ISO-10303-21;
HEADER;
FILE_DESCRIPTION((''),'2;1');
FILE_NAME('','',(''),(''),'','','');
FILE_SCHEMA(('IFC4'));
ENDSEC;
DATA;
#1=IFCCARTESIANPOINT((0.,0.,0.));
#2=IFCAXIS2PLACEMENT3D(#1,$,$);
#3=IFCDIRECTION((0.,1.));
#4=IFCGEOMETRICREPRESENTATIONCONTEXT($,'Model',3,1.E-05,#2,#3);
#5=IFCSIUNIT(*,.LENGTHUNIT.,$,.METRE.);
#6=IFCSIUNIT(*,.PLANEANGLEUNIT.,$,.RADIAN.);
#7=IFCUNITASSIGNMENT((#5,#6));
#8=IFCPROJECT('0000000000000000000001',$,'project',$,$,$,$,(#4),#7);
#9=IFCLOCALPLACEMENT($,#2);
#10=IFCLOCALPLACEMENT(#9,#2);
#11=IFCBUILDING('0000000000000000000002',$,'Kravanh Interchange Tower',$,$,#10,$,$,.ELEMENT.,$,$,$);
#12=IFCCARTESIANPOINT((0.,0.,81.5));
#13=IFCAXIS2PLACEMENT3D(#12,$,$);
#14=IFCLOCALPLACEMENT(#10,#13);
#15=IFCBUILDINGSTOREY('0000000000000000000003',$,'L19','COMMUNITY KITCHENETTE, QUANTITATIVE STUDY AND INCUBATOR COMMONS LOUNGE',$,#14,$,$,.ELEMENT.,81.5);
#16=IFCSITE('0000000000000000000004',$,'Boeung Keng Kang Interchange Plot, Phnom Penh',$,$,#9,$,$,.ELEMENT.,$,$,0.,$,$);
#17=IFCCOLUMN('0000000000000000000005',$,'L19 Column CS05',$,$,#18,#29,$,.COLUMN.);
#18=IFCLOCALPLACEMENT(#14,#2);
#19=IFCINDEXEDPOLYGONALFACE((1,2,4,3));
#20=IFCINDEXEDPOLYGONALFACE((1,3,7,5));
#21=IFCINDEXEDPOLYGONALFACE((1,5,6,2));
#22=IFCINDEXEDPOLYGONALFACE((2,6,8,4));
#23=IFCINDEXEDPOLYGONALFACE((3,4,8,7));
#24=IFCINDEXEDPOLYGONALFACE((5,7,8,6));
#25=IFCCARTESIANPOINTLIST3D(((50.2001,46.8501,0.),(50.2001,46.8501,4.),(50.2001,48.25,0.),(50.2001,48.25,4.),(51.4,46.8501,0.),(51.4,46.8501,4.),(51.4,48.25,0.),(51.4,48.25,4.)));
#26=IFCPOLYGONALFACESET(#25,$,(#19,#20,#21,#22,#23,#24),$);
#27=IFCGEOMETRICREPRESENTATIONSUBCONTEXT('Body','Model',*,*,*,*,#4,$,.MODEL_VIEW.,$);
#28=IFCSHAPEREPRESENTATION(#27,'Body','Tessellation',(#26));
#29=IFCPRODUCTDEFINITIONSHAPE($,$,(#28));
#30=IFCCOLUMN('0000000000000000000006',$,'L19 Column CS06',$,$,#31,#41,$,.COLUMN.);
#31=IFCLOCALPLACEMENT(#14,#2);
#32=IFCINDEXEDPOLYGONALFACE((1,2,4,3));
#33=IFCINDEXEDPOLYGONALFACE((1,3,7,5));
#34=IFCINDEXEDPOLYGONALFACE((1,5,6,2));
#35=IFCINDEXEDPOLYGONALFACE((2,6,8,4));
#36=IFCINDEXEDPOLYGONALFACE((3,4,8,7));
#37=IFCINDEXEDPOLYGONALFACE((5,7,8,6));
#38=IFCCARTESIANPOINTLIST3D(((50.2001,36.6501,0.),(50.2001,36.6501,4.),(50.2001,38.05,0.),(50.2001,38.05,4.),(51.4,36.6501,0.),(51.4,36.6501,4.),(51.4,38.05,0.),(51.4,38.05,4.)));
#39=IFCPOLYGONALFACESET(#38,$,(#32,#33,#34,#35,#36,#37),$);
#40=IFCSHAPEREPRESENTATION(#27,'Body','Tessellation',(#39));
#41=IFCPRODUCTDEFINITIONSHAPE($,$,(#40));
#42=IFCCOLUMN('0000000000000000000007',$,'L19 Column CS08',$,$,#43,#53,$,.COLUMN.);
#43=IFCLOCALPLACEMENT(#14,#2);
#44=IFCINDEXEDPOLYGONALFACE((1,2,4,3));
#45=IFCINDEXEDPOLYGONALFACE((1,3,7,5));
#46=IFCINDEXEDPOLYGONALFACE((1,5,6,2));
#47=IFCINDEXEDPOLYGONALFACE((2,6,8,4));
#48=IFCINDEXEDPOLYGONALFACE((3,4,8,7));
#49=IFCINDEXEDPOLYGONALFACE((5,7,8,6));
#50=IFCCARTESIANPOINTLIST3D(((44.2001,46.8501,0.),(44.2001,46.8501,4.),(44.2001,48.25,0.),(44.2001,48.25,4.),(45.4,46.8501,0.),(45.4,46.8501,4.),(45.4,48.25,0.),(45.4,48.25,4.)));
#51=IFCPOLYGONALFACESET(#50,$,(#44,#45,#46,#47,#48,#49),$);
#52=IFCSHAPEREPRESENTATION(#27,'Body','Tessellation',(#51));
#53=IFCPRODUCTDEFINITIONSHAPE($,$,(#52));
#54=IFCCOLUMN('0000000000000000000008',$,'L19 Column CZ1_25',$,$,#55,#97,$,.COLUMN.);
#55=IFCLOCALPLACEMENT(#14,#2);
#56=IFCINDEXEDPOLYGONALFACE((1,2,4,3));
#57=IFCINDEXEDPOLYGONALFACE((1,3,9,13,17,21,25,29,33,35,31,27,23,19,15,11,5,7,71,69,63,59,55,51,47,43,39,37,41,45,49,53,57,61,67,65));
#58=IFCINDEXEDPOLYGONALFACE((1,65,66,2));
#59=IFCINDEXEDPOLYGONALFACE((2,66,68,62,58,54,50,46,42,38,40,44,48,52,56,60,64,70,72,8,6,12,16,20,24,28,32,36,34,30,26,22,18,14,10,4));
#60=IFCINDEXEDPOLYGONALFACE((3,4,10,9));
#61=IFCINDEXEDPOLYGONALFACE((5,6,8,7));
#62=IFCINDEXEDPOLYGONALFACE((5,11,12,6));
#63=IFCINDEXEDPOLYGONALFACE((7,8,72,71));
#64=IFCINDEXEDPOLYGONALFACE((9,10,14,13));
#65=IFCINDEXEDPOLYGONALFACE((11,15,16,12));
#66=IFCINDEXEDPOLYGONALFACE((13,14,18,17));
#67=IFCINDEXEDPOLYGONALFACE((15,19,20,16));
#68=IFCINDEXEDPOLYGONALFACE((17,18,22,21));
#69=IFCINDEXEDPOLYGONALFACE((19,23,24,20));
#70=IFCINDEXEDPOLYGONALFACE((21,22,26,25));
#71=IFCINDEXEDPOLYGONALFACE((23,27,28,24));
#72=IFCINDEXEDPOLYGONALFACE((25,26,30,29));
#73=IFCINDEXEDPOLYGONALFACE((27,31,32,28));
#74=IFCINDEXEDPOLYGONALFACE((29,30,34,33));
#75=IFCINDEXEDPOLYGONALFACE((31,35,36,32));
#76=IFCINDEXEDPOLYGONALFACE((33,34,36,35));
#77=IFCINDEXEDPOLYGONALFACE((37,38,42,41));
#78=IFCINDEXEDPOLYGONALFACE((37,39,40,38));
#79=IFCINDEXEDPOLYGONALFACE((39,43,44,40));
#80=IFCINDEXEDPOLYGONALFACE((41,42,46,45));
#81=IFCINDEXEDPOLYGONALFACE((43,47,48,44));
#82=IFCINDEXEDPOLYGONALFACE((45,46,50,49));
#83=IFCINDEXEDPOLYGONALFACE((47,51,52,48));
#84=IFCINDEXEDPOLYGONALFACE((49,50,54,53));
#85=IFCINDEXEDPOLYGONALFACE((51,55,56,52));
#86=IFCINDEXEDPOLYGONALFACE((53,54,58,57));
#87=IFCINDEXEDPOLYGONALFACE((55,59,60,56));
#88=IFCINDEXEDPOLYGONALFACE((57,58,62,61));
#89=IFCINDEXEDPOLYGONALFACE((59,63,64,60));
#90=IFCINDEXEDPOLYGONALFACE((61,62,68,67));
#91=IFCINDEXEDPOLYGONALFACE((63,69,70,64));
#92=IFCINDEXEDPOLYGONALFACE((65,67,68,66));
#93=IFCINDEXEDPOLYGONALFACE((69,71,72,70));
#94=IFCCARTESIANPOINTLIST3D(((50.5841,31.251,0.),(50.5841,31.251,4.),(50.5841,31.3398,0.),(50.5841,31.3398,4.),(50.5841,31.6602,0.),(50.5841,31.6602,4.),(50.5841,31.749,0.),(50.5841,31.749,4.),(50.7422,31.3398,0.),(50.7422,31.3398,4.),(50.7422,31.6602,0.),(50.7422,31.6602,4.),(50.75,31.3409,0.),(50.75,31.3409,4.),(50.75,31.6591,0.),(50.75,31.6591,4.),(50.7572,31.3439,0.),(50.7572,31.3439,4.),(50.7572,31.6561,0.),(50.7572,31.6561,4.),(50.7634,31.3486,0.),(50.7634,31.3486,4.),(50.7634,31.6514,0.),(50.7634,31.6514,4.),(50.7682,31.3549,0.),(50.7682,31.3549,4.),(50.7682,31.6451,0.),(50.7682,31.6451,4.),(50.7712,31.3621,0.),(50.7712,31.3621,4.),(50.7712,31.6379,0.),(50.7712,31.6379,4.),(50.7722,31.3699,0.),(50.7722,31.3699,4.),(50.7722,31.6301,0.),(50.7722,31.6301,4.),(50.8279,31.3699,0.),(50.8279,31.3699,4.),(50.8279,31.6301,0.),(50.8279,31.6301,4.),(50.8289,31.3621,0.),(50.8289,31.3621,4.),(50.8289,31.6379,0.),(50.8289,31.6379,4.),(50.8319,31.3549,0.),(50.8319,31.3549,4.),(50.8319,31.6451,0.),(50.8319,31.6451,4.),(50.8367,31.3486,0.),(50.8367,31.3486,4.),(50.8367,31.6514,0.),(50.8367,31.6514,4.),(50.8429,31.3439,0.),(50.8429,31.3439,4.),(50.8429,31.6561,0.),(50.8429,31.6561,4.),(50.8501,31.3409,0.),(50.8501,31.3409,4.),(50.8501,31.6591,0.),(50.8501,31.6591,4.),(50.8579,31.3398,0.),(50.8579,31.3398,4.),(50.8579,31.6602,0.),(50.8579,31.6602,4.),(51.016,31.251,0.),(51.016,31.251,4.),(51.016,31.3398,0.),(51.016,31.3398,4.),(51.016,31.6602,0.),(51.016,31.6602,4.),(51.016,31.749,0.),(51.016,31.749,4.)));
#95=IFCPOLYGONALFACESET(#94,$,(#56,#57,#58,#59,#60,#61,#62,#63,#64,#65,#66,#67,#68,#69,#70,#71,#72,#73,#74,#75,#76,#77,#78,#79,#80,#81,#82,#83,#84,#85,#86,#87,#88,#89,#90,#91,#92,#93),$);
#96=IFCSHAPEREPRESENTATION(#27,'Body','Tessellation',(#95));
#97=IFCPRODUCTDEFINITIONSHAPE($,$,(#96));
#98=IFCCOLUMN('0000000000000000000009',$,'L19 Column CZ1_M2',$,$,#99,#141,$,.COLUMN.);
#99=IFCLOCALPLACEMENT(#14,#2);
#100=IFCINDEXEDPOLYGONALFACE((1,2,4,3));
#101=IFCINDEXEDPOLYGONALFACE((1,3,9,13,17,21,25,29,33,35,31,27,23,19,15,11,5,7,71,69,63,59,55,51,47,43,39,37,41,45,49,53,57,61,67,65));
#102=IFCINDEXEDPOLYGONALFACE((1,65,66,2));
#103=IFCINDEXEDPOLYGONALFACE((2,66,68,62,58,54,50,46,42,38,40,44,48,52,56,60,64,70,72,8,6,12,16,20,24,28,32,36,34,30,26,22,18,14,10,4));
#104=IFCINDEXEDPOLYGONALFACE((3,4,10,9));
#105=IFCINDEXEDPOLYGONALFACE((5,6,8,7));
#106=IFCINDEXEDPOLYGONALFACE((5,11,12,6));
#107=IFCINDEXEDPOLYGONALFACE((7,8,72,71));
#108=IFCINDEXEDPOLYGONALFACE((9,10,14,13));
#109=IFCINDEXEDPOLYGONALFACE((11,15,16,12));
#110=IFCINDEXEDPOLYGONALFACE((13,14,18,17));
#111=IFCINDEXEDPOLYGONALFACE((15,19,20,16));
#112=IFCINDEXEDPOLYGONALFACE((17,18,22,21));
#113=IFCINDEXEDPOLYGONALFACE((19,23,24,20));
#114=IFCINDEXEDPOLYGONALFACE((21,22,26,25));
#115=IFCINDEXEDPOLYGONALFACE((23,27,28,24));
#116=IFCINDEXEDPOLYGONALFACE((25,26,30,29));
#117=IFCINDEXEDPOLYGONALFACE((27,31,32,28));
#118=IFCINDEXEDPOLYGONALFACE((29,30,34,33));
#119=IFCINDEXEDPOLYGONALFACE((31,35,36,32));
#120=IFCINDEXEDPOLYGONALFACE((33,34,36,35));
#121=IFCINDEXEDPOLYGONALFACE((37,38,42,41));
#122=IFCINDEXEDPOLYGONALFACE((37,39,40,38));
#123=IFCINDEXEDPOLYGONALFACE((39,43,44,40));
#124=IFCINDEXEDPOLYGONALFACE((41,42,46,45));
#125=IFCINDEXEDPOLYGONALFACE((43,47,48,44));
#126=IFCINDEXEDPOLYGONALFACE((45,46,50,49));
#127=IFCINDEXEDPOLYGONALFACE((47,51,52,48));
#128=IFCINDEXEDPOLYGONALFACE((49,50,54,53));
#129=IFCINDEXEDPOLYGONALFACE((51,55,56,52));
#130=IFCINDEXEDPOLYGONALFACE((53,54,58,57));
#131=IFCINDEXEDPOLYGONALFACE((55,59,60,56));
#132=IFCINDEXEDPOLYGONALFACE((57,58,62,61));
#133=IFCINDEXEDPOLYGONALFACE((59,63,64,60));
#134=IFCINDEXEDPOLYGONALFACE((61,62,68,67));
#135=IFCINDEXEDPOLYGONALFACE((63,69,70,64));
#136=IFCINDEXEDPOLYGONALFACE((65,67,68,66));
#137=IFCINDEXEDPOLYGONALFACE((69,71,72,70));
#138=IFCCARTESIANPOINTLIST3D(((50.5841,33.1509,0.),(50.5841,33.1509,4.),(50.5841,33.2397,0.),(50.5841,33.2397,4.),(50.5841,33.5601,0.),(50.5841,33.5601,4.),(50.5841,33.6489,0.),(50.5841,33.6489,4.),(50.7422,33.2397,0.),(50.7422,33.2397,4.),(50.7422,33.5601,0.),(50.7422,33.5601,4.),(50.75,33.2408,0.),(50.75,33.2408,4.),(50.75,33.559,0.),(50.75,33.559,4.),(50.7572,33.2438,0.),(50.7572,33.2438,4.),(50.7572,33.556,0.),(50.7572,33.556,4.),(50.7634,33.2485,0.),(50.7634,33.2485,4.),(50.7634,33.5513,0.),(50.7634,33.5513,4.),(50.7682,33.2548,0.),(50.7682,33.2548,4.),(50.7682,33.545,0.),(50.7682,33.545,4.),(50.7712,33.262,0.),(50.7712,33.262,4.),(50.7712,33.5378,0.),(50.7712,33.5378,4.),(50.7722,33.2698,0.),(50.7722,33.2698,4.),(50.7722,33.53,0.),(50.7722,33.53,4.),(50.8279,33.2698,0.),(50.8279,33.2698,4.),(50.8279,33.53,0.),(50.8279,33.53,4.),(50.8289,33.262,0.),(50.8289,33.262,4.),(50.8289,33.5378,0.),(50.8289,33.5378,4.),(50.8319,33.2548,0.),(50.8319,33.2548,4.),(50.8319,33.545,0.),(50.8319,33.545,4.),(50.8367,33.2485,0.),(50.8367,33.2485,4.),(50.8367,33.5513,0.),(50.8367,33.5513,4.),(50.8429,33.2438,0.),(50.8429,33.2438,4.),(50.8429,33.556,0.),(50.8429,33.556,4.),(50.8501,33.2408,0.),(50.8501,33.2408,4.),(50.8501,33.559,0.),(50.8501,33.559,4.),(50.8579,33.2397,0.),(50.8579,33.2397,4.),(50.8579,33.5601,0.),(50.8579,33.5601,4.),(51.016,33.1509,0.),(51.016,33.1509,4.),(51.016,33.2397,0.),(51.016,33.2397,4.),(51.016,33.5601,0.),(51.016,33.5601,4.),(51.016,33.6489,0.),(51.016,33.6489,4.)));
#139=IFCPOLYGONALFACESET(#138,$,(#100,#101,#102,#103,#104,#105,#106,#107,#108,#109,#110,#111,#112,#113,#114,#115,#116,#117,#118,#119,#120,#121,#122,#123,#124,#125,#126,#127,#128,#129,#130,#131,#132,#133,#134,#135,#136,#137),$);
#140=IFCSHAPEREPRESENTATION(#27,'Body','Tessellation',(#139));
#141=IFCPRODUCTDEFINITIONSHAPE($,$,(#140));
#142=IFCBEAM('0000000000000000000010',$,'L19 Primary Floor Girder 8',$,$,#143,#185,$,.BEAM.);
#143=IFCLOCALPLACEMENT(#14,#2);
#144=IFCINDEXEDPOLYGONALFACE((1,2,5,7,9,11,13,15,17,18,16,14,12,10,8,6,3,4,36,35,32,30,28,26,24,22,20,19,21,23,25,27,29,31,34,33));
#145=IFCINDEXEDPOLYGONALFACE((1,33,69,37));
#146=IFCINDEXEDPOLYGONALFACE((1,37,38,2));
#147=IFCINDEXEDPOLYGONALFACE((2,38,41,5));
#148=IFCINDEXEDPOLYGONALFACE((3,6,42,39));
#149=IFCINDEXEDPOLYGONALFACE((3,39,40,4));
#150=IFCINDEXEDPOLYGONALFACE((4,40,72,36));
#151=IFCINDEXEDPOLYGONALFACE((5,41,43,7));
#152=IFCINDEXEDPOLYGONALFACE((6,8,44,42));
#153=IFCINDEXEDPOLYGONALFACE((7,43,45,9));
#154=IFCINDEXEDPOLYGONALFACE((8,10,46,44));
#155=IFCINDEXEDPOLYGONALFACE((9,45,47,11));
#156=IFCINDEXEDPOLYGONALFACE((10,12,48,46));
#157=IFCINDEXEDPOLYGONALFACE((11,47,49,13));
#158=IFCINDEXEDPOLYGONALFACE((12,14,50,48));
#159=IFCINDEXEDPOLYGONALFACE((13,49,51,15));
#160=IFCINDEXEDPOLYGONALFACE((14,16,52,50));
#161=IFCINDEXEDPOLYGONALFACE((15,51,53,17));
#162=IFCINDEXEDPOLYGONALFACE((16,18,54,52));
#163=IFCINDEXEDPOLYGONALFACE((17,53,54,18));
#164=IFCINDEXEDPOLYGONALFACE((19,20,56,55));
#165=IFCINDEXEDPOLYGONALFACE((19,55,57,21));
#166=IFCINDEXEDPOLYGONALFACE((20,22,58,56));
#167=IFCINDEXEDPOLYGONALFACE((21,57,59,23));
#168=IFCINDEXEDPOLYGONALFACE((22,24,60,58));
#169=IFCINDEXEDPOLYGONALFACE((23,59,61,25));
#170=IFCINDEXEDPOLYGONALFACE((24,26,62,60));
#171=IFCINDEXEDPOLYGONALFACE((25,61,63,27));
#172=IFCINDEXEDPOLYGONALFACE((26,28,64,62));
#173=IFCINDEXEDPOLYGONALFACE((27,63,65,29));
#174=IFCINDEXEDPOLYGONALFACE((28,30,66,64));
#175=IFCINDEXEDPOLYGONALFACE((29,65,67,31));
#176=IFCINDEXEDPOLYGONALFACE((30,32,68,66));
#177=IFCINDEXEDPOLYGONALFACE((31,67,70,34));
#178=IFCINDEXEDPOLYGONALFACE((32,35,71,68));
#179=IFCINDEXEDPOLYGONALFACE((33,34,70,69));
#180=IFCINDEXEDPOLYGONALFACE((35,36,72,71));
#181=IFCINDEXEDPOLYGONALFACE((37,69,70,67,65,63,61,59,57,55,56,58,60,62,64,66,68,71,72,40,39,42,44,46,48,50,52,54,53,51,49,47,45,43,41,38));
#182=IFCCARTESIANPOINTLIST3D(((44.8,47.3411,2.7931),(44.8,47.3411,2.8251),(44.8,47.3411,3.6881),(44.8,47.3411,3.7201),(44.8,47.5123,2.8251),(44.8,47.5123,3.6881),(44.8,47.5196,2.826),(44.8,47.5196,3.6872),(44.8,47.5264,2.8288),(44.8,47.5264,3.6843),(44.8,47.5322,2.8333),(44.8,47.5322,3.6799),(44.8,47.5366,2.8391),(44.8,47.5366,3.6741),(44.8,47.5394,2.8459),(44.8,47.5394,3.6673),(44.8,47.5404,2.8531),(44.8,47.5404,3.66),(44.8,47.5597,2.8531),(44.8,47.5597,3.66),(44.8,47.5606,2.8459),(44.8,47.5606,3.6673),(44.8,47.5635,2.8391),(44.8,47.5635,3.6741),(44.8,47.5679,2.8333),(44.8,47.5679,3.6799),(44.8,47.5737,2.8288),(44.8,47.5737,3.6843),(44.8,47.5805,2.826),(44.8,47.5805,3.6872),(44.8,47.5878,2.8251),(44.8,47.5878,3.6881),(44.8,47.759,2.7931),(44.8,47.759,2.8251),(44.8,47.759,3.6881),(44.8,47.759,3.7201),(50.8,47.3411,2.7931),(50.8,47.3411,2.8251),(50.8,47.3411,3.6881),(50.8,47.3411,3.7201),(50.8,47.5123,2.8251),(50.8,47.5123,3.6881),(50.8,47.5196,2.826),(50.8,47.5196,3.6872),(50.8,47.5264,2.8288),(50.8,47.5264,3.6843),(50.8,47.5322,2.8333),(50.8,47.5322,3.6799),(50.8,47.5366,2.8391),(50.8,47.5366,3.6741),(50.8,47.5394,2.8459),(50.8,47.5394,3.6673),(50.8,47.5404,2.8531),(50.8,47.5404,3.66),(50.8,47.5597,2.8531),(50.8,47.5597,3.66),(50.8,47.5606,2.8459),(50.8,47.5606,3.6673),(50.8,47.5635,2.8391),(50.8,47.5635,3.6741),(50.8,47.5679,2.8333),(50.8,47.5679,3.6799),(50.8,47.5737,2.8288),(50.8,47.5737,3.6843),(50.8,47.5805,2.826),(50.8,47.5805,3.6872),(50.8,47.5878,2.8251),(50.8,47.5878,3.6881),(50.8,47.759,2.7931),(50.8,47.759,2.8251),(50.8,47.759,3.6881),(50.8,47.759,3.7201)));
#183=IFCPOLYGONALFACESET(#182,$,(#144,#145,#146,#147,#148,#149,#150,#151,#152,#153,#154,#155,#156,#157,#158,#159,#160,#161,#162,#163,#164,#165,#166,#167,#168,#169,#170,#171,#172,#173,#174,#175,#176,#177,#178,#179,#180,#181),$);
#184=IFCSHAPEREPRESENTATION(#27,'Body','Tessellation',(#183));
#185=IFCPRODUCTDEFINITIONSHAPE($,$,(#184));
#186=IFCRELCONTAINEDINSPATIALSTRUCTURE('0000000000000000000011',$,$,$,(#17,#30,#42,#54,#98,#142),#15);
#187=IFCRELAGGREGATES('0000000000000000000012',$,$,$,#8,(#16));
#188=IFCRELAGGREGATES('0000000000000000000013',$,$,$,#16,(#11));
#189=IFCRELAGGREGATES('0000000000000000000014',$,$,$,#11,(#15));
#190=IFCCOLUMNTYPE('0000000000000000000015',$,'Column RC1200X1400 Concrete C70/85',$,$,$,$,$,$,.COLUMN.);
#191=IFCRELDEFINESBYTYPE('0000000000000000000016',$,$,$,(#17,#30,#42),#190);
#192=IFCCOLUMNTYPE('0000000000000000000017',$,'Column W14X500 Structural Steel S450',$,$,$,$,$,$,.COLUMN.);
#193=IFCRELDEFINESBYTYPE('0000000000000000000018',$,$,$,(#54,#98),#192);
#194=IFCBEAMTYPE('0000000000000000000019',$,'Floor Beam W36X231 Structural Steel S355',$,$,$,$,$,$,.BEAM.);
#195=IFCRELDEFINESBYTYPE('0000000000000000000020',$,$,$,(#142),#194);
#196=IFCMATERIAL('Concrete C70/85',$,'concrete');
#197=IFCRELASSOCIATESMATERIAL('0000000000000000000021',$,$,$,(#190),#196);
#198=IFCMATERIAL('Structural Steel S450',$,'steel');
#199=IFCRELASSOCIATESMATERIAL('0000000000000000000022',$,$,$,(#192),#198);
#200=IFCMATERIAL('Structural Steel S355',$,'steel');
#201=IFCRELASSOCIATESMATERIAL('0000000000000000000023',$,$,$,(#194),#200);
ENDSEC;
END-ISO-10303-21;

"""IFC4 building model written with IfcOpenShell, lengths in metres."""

from ifc_helpers import new_model, si_unit, direction, frame, origin, origin_2d, place, context, subcontext, project, spatial, rectangle, i_section, extrude, material, material_profile, profile_set, type_object, element, save


model = new_model("IFC4")

# Units and contexts
model_context = context("Model", 3, precision=1e-05, world=origin(), true_north=direction((0.0, 1.0)))
body_context = subcontext(model_context, "Body", "Model", "MODEL_VIEW")
ifc_project = project(units=[si_unit("LENGTHUNIT", "METRE"), si_unit("PLANEANGLEUNIT", "RADIAN")], contexts=[model_context])

# Site, building, storey
site_placement = place(None, origin())
site = spatial("IfcSite", under=ifc_project, at=site_placement, Name="Boeung Keng Kang Interchange Plot, Phnom Penh", CompositionType="ELEMENT", RefElevation=0.0)
building_placement = place(site_placement, origin())
building = spatial("IfcBuilding", under=site, at=building_placement, Name="Kravanh Interchange Tower", CompositionType="ELEMENT")
storey_placement = place(building_placement, frame((0.0, 0.0, 81.5)))
storey = spatial("IfcBuildingStorey", under=building, at=storey_placement, Name="L19", Description="COMMUNITY KITCHENETTE, QUANTITATIVE STUDY AND INCUBATOR COMMONS LOUNGE", CompositionType="ELEMENT", Elevation=81.5)

# Columns
ifc_material_1 = material(Name="Concrete C70/85", Category="concrete")
ifc_material_profile_1 = material_profile(ifc_material_1, rectangle(XDim=1.2, YDim=1.3999, at=origin_2d()), Name="RC1200X1400")
ifc_profile_set_1 = profile_set([ifc_material_profile_1], Name="Concrete C70/85")
column_type_1 = type_object("IfcColumnType", Name="Column RC1200X1400 Concrete C70/85", PredefinedType="COLUMN", material=ifc_profile_set_1)
for number, where, z_axis, x_axis, name in (
    (1, (50.8, 47.55, 0.0), (0.0, 0.0, 1.0), (1.0, 0.0, 0.0), "L19 Column CS05"),
    (2, (50.8, 37.3501, 0.0), (0.0, 0.0, 1.0), (1.0, 0.0, 0.0), "L19 Column CS06"),
    (3, (44.8, 47.55, 0.0), (0.0, 0.0, 1.0), (1.0, 0.0, 0.0), "L19 Column CS08"),
):
    element("IfcColumn", number, at=place(storey_placement, frame(where, z_axis=z_axis, x_axis=x_axis)), inside=storey, type_object=column_type_1, Name=name, PredefinedType="COLUMN", context=body_context, shape_type="SweptSolid", body=[
        extrude(rectangle(XDim=1.2, YDim=1.3999, at=origin_2d()), origin(), (0.0, 0.0, 1.0), 4.0),
    ])
ifc_material_2 = material(Name="Structural Steel S450", Category="steel")
ifc_material_profile_2 = material_profile(ifc_material_2, i_section(OverallWidth=0.4319, OverallDepth=0.498, WebThickness=0.0557, FlangeThickness=0.0889, FilletRadius=0.03, at=origin_2d()), Name="W14X500")
ifc_profile_set_2 = profile_set([ifc_material_profile_2], Name="Structural Steel S450")
column_type_2 = type_object("IfcColumnType", Name="Column W14X500 Structural Steel S450", PredefinedType="COLUMN", material=ifc_profile_set_2)
for number, where, z_axis, x_axis, name in (
    (4, (50.8, 31.5, 0.0), (0.0, 0.0, 1.0), (1.0, 0.0, 0.0), "L19 Column CZ1_25"),
    (5, (50.8, 33.3999, 0.0), (0.0, 0.0, 1.0), (1.0, 0.0, 0.0), "L19 Column CZ1_M2"),
):
    element("IfcColumn", number, at=place(storey_placement, frame(where, z_axis=z_axis, x_axis=x_axis)), inside=storey, type_object=column_type_2, Name=name, PredefinedType="COLUMN", context=body_context, shape_type="SweptSolid", body=[
        extrude(i_section(OverallWidth=0.4319, OverallDepth=0.498, WebThickness=0.0557, FlangeThickness=0.0889, FilletRadius=0.03, at=origin_2d()), origin(), (0.0, 0.0, 1.0), 4.0),
    ])

# Beam
ifc_material_3 = material(Name="Structural Steel S355", Category="steel")
ifc_material_profile_3 = material_profile(ifc_material_3, i_section(OverallWidth=0.418, OverallDepth=0.927, WebThickness=0.0193, FlangeThickness=0.032, FilletRadius=0.0281, at=origin_2d()), Name="W36X231")
ifc_profile_set_3 = profile_set([ifc_material_profile_3], Name="Structural Steel S355")
beam_type_1 = type_object("IfcBeamType", Name="Floor Beam W36X231 Structural Steel S355", PredefinedType="BEAM", material=ifc_profile_set_3)
beam_1_placement = place(storey_placement, frame((50.8, 47.55, 3.2566), z_axis=(-1.0, 0.0, 0.0), x_axis=(0.0, -1.0, 0.0)))
element("IfcBeam", 6, at=beam_1_placement, inside=storey, type_object=beam_type_1, Name="L19 Primary Floor Girder 8", PredefinedType="BEAM", context=body_context, shape_type="SweptSolid", body=[
    extrude(i_section(OverallWidth=0.418, OverallDepth=0.927, WebThickness=0.0193, FlangeThickness=0.032, FilletRadius=0.0281, at=origin_2d()), origin(), (0.0, 0.0, 1.0), 6.0),
])

save(model, "model.ifc")
